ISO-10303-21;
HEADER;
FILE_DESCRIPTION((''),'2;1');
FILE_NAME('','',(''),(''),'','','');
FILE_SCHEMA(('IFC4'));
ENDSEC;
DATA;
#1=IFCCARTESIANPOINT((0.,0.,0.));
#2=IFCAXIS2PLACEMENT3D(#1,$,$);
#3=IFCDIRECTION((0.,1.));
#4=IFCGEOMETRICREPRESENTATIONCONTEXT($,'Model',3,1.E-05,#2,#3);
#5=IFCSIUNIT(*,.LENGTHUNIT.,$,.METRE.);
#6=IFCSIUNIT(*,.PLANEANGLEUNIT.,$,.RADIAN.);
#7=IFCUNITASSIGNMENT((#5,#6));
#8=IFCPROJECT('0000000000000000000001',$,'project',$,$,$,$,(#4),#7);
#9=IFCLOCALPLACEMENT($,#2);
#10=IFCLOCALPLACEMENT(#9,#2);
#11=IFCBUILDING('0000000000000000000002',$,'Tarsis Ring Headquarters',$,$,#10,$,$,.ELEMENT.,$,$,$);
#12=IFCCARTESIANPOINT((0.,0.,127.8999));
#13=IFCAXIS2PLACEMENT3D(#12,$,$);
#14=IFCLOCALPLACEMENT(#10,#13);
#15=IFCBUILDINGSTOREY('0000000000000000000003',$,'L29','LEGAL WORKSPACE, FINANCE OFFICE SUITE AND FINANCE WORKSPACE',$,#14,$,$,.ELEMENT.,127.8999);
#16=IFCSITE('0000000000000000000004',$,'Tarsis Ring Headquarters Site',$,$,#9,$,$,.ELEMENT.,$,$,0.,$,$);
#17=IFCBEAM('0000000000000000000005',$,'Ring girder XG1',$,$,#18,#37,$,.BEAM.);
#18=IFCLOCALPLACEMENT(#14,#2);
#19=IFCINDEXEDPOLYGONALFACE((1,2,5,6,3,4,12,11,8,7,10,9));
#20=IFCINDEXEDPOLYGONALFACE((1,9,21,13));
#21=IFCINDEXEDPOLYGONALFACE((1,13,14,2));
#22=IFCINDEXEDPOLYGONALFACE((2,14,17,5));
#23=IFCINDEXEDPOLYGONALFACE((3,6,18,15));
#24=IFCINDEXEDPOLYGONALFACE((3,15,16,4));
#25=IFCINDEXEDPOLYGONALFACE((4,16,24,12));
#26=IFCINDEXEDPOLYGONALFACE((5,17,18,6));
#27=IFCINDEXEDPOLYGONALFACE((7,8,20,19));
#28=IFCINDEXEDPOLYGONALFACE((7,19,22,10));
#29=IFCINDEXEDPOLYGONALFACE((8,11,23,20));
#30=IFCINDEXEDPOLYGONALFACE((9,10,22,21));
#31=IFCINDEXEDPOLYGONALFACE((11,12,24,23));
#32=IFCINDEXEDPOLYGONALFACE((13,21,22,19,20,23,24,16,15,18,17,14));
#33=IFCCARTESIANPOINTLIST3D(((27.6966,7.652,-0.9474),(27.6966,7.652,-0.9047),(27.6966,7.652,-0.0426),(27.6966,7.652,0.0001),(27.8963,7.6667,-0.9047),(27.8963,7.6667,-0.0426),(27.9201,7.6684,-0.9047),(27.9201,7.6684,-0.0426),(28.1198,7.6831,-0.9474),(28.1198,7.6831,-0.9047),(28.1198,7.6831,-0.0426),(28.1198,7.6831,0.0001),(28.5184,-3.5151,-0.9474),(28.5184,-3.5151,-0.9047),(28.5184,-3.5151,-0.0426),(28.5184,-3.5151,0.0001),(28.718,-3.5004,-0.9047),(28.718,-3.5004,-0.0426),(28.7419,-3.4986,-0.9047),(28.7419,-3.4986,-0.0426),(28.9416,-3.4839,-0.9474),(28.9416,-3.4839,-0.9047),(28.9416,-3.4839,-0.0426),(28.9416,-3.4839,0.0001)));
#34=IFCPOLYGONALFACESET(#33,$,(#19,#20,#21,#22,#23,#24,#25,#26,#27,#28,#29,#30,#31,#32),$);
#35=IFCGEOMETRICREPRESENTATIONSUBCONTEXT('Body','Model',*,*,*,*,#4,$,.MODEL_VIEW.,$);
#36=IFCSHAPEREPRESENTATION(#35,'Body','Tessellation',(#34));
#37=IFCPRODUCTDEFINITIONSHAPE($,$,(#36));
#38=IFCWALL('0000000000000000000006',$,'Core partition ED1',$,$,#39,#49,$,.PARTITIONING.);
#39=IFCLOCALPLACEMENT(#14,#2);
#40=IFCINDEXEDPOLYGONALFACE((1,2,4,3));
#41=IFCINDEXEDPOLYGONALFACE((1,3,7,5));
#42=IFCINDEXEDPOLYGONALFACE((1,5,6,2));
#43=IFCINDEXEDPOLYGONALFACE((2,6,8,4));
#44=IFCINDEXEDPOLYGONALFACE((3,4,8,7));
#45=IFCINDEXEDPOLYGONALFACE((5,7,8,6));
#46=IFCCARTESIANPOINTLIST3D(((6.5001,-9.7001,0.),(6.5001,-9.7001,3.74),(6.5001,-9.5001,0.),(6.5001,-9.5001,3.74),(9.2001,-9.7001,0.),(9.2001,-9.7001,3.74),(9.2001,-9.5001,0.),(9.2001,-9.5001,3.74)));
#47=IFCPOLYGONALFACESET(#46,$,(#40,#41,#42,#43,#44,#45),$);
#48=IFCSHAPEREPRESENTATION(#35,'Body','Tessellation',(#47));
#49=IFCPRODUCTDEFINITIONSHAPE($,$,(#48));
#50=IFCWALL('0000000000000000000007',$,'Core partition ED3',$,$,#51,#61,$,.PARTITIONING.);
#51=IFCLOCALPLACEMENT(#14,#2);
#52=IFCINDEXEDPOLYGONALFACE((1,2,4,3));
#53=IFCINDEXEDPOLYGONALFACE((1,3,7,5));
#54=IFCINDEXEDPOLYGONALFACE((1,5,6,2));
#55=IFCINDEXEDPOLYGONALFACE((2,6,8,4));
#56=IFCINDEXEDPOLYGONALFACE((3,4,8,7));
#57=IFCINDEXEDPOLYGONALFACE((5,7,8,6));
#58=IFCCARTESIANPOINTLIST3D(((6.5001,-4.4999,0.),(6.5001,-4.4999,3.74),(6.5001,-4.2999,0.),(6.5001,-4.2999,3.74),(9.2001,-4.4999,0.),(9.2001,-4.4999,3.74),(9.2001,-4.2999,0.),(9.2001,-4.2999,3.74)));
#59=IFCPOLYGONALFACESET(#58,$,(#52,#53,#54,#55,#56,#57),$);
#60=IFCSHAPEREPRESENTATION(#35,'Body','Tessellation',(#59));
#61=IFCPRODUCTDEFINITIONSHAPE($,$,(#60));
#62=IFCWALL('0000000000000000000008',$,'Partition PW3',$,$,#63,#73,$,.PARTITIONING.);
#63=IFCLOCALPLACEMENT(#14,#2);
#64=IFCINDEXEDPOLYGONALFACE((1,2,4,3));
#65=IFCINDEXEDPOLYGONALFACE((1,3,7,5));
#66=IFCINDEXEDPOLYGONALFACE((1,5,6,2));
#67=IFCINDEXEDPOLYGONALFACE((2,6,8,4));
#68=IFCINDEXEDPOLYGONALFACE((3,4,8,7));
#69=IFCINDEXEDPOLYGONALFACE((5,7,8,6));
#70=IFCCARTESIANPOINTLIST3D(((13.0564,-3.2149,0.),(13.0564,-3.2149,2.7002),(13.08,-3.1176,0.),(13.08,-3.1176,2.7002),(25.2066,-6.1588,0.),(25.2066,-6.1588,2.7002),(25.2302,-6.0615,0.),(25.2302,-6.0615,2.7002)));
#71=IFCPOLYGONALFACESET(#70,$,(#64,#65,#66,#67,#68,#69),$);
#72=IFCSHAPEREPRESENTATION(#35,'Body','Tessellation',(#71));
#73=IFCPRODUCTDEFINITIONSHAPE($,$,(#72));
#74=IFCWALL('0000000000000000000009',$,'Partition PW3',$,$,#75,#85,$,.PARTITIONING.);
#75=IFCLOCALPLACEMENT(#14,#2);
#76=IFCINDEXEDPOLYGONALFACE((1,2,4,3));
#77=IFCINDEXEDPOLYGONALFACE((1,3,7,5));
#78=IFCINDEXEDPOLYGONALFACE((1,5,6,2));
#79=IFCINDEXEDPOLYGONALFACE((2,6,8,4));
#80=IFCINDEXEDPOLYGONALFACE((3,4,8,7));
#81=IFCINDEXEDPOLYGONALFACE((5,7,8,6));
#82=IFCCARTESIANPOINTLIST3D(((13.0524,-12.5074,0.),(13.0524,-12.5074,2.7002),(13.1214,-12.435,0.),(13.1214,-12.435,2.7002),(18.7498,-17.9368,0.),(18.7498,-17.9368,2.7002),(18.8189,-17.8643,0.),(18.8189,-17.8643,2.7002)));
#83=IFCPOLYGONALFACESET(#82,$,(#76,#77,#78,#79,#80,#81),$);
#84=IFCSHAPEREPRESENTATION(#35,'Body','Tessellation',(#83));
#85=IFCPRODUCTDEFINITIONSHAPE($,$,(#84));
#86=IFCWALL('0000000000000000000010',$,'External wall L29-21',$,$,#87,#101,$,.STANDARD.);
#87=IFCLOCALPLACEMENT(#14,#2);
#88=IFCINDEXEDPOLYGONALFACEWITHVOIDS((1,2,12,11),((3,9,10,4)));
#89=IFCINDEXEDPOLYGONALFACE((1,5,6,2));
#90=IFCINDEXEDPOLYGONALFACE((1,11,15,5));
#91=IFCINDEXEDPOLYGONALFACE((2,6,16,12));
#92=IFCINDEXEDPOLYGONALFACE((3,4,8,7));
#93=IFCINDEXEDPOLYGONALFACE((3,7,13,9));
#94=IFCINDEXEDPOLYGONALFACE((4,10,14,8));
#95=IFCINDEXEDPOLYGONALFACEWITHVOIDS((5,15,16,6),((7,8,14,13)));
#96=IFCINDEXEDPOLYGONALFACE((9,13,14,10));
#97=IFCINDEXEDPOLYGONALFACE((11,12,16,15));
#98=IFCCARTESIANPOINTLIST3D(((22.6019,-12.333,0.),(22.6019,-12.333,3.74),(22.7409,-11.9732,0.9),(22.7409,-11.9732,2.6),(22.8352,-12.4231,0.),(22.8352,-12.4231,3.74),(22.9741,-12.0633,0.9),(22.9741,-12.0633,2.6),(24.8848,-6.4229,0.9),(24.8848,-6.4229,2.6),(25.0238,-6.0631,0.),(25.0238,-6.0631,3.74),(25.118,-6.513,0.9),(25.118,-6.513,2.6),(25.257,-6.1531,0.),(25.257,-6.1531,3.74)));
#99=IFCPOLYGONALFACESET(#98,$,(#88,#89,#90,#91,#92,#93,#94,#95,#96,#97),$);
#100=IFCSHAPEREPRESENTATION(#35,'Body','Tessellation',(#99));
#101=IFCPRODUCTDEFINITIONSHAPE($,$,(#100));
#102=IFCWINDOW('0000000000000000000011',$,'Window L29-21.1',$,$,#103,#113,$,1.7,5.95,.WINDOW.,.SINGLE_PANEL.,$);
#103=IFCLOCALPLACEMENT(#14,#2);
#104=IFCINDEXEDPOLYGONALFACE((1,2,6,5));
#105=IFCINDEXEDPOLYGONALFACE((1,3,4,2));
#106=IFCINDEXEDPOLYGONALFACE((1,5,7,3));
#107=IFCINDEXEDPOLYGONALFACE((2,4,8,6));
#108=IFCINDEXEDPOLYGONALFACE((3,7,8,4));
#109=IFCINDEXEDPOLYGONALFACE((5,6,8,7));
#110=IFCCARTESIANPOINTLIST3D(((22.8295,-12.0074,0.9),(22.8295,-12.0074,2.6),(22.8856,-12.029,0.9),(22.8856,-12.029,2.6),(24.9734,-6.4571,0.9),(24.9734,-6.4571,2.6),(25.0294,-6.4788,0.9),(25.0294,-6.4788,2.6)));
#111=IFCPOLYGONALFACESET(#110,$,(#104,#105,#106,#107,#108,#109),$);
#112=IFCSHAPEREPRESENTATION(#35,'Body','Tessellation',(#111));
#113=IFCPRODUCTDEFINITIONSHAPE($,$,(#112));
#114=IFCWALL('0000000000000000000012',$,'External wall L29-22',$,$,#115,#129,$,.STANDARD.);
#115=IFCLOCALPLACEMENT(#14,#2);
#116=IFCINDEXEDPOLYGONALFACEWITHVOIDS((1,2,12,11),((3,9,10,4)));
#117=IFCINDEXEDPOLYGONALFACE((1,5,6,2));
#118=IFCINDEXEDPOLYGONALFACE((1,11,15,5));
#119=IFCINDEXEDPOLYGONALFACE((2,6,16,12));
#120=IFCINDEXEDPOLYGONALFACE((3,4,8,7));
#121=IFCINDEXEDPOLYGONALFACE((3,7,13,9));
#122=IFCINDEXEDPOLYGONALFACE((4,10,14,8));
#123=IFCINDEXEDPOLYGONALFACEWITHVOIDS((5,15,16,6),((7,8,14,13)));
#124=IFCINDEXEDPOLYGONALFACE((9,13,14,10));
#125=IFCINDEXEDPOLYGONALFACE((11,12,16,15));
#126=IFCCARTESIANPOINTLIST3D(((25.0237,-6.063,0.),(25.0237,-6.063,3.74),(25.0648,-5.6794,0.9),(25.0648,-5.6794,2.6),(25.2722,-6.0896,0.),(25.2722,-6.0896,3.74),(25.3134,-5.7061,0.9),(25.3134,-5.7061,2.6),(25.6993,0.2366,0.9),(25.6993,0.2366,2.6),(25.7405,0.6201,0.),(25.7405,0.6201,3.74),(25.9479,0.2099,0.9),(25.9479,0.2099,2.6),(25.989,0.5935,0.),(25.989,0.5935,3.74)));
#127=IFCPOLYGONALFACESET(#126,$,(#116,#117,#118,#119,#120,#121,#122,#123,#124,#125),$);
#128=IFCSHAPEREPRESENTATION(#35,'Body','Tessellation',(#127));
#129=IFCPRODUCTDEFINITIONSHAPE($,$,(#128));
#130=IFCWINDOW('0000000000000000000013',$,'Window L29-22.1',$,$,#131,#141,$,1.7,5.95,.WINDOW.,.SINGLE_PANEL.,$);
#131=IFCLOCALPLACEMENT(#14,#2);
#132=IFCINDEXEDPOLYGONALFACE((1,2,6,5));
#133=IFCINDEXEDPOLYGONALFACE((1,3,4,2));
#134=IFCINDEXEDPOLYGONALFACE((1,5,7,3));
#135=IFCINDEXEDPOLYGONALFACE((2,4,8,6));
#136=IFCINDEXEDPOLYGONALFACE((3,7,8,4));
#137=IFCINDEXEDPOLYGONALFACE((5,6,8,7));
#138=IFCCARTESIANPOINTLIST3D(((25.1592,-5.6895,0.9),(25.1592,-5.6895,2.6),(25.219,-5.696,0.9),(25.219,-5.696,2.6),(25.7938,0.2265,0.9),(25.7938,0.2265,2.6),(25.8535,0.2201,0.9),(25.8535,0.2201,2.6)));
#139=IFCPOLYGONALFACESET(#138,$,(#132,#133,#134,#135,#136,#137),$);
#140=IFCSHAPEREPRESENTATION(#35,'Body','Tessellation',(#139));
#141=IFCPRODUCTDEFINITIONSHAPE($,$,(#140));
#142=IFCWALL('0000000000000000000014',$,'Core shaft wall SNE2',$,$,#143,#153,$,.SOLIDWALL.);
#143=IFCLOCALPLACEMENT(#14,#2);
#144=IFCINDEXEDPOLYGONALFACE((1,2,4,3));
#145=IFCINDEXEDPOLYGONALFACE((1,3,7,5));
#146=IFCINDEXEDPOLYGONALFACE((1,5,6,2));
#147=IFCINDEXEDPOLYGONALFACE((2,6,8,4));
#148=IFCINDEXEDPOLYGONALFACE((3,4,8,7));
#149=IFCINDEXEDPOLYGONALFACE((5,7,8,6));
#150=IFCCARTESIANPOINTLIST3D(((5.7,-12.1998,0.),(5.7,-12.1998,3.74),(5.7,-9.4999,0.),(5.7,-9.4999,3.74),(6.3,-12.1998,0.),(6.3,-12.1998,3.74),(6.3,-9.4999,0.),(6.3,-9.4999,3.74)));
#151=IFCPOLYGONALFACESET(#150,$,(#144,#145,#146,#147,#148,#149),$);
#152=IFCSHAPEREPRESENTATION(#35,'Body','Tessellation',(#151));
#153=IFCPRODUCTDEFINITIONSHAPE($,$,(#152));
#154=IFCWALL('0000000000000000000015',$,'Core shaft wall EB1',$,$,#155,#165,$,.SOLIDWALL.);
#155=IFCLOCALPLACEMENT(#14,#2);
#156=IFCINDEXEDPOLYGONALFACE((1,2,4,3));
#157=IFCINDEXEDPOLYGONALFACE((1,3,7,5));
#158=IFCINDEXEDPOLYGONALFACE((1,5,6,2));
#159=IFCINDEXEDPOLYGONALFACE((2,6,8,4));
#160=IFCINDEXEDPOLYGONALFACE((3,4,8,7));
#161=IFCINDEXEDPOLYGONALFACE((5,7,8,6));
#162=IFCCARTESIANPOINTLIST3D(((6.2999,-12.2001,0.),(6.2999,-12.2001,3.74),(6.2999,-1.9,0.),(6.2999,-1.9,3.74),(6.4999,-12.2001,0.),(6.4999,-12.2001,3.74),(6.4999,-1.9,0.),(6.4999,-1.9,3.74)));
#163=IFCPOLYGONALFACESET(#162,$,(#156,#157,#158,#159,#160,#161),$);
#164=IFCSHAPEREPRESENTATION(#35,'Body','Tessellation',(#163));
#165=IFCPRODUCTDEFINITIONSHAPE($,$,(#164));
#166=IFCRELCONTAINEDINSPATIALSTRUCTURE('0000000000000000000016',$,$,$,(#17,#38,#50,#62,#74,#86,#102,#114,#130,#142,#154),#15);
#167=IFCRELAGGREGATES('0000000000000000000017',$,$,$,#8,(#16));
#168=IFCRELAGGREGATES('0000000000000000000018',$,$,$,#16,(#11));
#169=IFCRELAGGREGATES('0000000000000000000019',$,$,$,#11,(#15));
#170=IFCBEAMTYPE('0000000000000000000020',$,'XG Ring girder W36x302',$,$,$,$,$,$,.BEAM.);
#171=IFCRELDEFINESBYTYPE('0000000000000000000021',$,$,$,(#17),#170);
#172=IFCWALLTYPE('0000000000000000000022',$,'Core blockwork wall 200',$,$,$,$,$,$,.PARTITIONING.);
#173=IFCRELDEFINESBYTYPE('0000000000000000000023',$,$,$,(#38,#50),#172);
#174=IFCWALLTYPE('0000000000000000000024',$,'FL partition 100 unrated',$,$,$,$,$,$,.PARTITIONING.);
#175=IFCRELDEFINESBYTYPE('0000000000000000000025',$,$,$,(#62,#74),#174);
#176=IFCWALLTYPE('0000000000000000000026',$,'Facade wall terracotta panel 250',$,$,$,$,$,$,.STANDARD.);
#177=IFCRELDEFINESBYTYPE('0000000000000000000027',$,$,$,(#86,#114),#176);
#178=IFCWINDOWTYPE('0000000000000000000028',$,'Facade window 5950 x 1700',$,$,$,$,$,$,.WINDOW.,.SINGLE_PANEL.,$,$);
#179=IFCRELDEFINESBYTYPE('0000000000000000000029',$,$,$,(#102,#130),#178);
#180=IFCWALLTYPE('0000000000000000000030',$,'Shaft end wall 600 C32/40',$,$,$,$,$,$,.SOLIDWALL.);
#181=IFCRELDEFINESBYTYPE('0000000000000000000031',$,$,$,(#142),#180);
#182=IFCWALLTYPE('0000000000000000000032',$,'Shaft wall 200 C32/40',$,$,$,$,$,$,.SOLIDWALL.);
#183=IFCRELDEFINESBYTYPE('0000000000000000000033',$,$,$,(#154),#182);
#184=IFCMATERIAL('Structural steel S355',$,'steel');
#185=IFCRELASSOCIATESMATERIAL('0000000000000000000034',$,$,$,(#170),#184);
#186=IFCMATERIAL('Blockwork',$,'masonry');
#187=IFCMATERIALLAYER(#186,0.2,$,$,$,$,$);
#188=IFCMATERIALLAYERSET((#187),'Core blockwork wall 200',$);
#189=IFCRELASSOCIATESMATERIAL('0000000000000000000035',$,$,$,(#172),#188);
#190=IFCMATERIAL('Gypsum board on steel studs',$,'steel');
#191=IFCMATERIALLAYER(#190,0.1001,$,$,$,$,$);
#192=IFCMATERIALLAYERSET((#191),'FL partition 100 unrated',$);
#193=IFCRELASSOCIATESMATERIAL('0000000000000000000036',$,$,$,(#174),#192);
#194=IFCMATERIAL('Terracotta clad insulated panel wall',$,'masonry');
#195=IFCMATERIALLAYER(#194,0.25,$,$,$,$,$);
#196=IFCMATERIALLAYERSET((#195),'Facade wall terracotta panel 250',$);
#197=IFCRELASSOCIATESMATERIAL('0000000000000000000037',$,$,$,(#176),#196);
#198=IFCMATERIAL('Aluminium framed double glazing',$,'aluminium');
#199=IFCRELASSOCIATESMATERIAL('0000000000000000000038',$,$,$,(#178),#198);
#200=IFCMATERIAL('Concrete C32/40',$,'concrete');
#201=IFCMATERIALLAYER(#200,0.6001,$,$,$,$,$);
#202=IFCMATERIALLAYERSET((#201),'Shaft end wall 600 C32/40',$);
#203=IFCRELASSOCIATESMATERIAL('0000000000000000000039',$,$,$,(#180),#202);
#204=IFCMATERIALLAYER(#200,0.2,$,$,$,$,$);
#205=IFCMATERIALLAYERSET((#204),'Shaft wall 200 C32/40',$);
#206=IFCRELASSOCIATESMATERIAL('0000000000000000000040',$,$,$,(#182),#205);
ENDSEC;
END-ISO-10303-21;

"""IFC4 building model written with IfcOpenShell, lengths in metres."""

from ifc_helpers import new_model, si_unit, direction, frame, frame_2d, origin, origin_2d, place, context, subcontext, project, spatial, rectangle, i_section, extrude, material, layer, layer_set, material_profile, profile_set, type_object, element, fill, save


model = new_model("IFC4")

# Units and contexts
model_context = context("Model", 3, precision=1e-05, world=origin(), true_north=direction((0.0, 1.0)))
body_context = subcontext(model_context, "Body", "Model", "MODEL_VIEW")
ifc_project = project(units=[si_unit("LENGTHUNIT", "METRE"), si_unit("PLANEANGLEUNIT", "RADIAN")], contexts=[model_context])

# Site, building, storey
site_placement = place(None, origin())
site = spatial("IfcSite", under=ifc_project, at=site_placement, Name="Tarsis Ring Headquarters Site", CompositionType="ELEMENT", RefElevation=0.0)
building_placement = place(site_placement, origin())
building = spatial("IfcBuilding", under=site, at=building_placement, Name="Tarsis Ring Headquarters", CompositionType="ELEMENT")
storey_placement = place(building_placement, frame((0.0, 0.0, 127.8999)))
storey = spatial("IfcBuildingStorey", under=building, at=storey_placement, Name="L29", Description="LEGAL WORKSPACE, FINANCE OFFICE SUITE AND FINANCE WORKSPACE", CompositionType="ELEMENT", Elevation=127.8999)

# Shared definitions
ifc_material_1 = material(Name="Structural steel S355", Category="steel")

# Beam
ifc_material_profile_1 = material_profile(ifc_material_1, i_section(OverallWidth=0.4243, OverallDepth=0.9475, WebThickness=0.0239, FlangeThickness=0.0427, at=origin_2d()), Name="W36x302")
ifc_profile_set_1 = profile_set([ifc_material_profile_1], Name="Structural steel S355")
beam_type_1 = type_object("IfcBeamType", Name="XG Ring girder W36x302", PredefinedType="BEAM", material=ifc_profile_set_1)
beam_1_placement = place(storey_placement, frame((28.73, -3.4995, -0.4736), z_axis=(-0.073391, 0.997303, 0.0), x_axis=(-0.997303, -0.073391, 0.0)))
element("IfcBeam", 1, at=beam_1_placement, inside=storey, type_object=beam_type_1, Name="Ring girder XG1", PredefinedType="BEAM", context=body_context, shape_type="SweptSolid", body=[
    extrude(i_section(OverallWidth=0.4243, OverallDepth=0.9475, WebThickness=0.0239, FlangeThickness=0.0427, at=origin_2d()), origin(), (0.0, 0.0, 1.0), 11.1973),
])

# Walls
ifc_material_2 = material(Name="Blockwork", Category="masonry")
ifc_layer_1 = layer(ifc_material_2, 0.2)
ifc_layer_set_1 = layer_set([ifc_layer_1], Name="Core blockwork wall 200")
wall_type_1 = type_object("IfcWallType", Name="Core blockwork wall 200", PredefinedType="PARTITIONING", material=ifc_layer_set_1)
for number, where, z_axis, x_axis, name in (
    (2, (6.5, -9.6001, 0.0), (0.0, 0.0, 1.0), (1.0, 0.0, 0.0), "Core partition ED1"),
    (3, (6.5, -4.3999, 0.0), (0.0, 0.0, 1.0), (1.0, 0.0, 0.0), "Core partition ED3"),
):
    element("IfcWall", number, at=place(storey_placement, frame(where, z_axis=z_axis, x_axis=x_axis)), inside=storey, type_object=wall_type_1, Name=name, PredefinedType="PARTITIONING", context=body_context, shape_type="SweptSolid", body=[
        extrude(rectangle(XDim=2.7, YDim=0.2, at=frame_2d((1.3501, 0.0))), origin(), (0.0, 0.0, 1.0), 3.74),
    ])
ifc_material_3 = material(Name="Gypsum board on steel studs", Category="steel")
ifc_layer_2 = layer(ifc_material_3, 0.1001)
ifc_layer_set_2 = layer_set([ifc_layer_2], Name="FL partition 100 unrated")
wall_type_2 = type_object("IfcWallType", Name="FL partition 100 unrated", PredefinedType="PARTITIONING", material=ifc_layer_set_2)
wall_1_placement = place(storey_placement, frame((13.0681, -3.1663, 0.0), z_axis=(0.0, 0.0, 1.0), x_axis=(0.97188, -0.235476, 0.0)))
element("IfcWall", 4, at=wall_1_placement, inside=storey, type_object=wall_type_2, Name="Partition PW3", PredefinedType="PARTITIONING", context=body_context, shape_type="SweptSolid", body=[
    extrude(rectangle(XDim=12.5017, YDim=0.1001, at=frame_2d((6.251, 0.0))), origin(), (0.0, 0.0, 1.0), 2.7002),
])
wall_2_placement = place(storey_placement, frame((13.0869, -12.4712, 0.0), z_axis=(0.0, 0.0, 1.0), x_axis=(0.723932, -0.689871, 0.0)))
element("IfcWall", 5, at=wall_2_placement, inside=storey, type_object=wall_type_2, Name="Partition PW3", PredefinedType="PARTITIONING", context=body_context, shape_type="SweptSolid", body=[
    extrude(rectangle(XDim=7.8701, YDim=0.1001, at=frame_2d((3.9351, 0.0))), origin(), (0.0, 0.0, 1.0), 2.7002),
])

# Walls, openings, windows
ifc_material_4 = material(Name="Terracotta clad insulated panel wall", Category="masonry")
ifc_layer_3 = layer(ifc_material_4, 0.25)
ifc_layer_set_3 = layer_set([ifc_layer_3], Name="Facade wall terracotta panel 250")
wall_type_3 = type_object("IfcWallType", Name="Facade wall terracotta panel 250", PredefinedType="STANDARD", material=ifc_layer_set_3)
wall_3_placement = place(storey_placement, frame((22.7185, -12.3782, 0.0), z_axis=(0.0, 0.0, 1.0), x_axis=(0.360317, 0.93283, 0.0)))
wall_3 = element("IfcWall", 6, at=wall_3_placement, inside=storey, type_object=wall_type_3, Name="External wall L29-21", PredefinedType="STANDARD", context=body_context, shape_type="SweptSolid", body=[
    extrude(rectangle(XDim=6.7214, YDim=0.25, at=frame_2d((3.3608, 0.0))), origin(), (0.0, 0.0, 1.0), 3.74),
])
opening_1_placement = place(wall_3_placement, frame((0.3857, 0.0, 0.8999)))
opening_1 = element("IfcOpeningElement", 7, at=opening_1_placement, cuts=wall_3, PredefinedType="OPENING", context=body_context, shape_type="SweptSolid", body=[
    extrude(rectangle(XDim=5.95, YDim=1.7, at=frame_2d((2.9751, 0.8501))), frame((0.0, 0.135, 0.0), z_axis=(0.0, -1.0, 0.0), x_axis=(1.0, 0.0, 0.0)), (0.0, 0.0, 1.0), 0.27),
])
ifc_material_5 = material(Name="Aluminium framed double glazing", Category="aluminium")
window_type = type_object("IfcWindowType", Name="Facade window 5950 x 1700", PartitioningType="SINGLE_PANEL", PredefinedType="WINDOW", material=ifc_material_5)
window_1_placement = place(opening_1_placement, origin())
window_1 = element("IfcWindow", 8, at=window_1_placement, inside=storey, type_object=window_type, Name="Window L29-21.1", OverallHeight=1.7, OverallWidth=5.95, PartitioningType="SINGLE_PANEL", PredefinedType="WINDOW", context=body_context, shape_type="SweptSolid", body=[
    extrude(rectangle(XDim=5.95, YDim=1.7, at=frame_2d((2.9751, 0.8501))), frame((0.0, 0.03, 0.0), z_axis=(0.0, -1.0, 0.0), x_axis=(1.0, 0.0, 0.0)), (0.0, 0.0, 1.0), 0.0601),
])
fill(opening_1, window_1)
wall_4_placement = place(storey_placement, frame((25.1479, -6.0764, 0.0), z_axis=(0.0, 0.0, 1.0), x_axis=(0.106643, 0.994297, 0.0)))
wall_4 = element("IfcWall", 9, at=wall_4_placement, inside=storey, type_object=wall_type_3, Name="External wall L29-22", PredefinedType="STANDARD", context=body_context, shape_type="SweptSolid", body=[
    extrude(rectangle(XDim=6.7214, YDim=0.25, at=frame_2d((3.3608, 0.0))), origin(), (0.0, 0.0, 1.0), 3.74),
])
opening_2_placement = place(wall_4_placement, frame((0.3857, 0.0, 0.8999)))
opening_2 = element("IfcOpeningElement", 10, at=opening_2_placement, cuts=wall_4, PredefinedType="OPENING", context=body_context, shape_type="SweptSolid", body=[
    extrude(rectangle(XDim=5.95, YDim=1.7, at=frame_2d((2.9751, 0.8501))), frame((0.0, 0.135, 0.0), z_axis=(0.0, -1.0, 0.0), x_axis=(1.0, 0.0, 0.0)), (0.0, 0.0, 1.0), 0.27),
])
window_2_placement = place(opening_2_placement, origin())
window_2 = element("IfcWindow", 11, at=window_2_placement, inside=storey, type_object=window_type, Name="Window L29-22.1", OverallHeight=1.7, OverallWidth=5.95, PartitioningType="SINGLE_PANEL", PredefinedType="WINDOW", context=body_context, shape_type="SweptSolid", body=[
    extrude(rectangle(XDim=5.95, YDim=1.7, at=frame_2d((2.9751, 0.8501))), frame((0.0, 0.03, 0.0), z_axis=(0.0, -1.0, 0.0), x_axis=(1.0, 0.0, 0.0)), (0.0, 0.0, 1.0), 0.0601),
])
fill(opening_2, window_2)

# Walls
ifc_material_6 = material(Name="Concrete C32/40", Category="concrete")
ifc_layer_4 = layer(ifc_material_6, 0.6001)
ifc_layer_set_4 = layer_set([ifc_layer_4], Name="Shaft end wall 600 C32/40")
wall_type_4 = type_object("IfcWallType", Name="Shaft end wall 600 C32/40", PredefinedType="SOLIDWALL", material=ifc_layer_set_4)
wall_5_placement = place(storey_placement, frame((6.0, -12.2, 0.0), z_axis=(0.0, 0.0, 1.0), x_axis=(0.0, 1.0, 0.0)))
element("IfcWall", 12, at=wall_5_placement, inside=storey, type_object=wall_type_4, Name="Core shaft wall SNE2", PredefinedType="SOLIDWALL", context=body_context, shape_type="SweptSolid", body=[
    extrude(rectangle(XDim=2.7, YDim=0.6001, at=frame_2d((1.3501, 0.0))), origin(), (0.0, 0.0, 1.0), 3.74),
])
ifc_layer_5 = layer(ifc_material_6, 0.2)
ifc_layer_set_5 = layer_set([ifc_layer_5], Name="Shaft wall 200 C32/40")
wall_type_5 = type_object("IfcWallType", Name="Shaft wall 200 C32/40", PredefinedType="SOLIDWALL", material=ifc_layer_set_5)
wall_6_placement = place(storey_placement, frame((6.3999, -12.2, 0.0), z_axis=(0.0, 0.0, 1.0), x_axis=(0.0, 1.0, 0.0)))
element("IfcWall", 13, at=wall_6_placement, inside=storey, type_object=wall_type_5, Name="Core shaft wall EB1", PredefinedType="SOLIDWALL", context=body_context, shape_type="SweptSolid", body=[
    extrude(rectangle(XDim=10.3, YDim=0.2, at=frame_2d((5.1499, 0.0))), origin(), (0.0, 0.0, 1.0), 3.74),
])

save(model, "model.ifc")
